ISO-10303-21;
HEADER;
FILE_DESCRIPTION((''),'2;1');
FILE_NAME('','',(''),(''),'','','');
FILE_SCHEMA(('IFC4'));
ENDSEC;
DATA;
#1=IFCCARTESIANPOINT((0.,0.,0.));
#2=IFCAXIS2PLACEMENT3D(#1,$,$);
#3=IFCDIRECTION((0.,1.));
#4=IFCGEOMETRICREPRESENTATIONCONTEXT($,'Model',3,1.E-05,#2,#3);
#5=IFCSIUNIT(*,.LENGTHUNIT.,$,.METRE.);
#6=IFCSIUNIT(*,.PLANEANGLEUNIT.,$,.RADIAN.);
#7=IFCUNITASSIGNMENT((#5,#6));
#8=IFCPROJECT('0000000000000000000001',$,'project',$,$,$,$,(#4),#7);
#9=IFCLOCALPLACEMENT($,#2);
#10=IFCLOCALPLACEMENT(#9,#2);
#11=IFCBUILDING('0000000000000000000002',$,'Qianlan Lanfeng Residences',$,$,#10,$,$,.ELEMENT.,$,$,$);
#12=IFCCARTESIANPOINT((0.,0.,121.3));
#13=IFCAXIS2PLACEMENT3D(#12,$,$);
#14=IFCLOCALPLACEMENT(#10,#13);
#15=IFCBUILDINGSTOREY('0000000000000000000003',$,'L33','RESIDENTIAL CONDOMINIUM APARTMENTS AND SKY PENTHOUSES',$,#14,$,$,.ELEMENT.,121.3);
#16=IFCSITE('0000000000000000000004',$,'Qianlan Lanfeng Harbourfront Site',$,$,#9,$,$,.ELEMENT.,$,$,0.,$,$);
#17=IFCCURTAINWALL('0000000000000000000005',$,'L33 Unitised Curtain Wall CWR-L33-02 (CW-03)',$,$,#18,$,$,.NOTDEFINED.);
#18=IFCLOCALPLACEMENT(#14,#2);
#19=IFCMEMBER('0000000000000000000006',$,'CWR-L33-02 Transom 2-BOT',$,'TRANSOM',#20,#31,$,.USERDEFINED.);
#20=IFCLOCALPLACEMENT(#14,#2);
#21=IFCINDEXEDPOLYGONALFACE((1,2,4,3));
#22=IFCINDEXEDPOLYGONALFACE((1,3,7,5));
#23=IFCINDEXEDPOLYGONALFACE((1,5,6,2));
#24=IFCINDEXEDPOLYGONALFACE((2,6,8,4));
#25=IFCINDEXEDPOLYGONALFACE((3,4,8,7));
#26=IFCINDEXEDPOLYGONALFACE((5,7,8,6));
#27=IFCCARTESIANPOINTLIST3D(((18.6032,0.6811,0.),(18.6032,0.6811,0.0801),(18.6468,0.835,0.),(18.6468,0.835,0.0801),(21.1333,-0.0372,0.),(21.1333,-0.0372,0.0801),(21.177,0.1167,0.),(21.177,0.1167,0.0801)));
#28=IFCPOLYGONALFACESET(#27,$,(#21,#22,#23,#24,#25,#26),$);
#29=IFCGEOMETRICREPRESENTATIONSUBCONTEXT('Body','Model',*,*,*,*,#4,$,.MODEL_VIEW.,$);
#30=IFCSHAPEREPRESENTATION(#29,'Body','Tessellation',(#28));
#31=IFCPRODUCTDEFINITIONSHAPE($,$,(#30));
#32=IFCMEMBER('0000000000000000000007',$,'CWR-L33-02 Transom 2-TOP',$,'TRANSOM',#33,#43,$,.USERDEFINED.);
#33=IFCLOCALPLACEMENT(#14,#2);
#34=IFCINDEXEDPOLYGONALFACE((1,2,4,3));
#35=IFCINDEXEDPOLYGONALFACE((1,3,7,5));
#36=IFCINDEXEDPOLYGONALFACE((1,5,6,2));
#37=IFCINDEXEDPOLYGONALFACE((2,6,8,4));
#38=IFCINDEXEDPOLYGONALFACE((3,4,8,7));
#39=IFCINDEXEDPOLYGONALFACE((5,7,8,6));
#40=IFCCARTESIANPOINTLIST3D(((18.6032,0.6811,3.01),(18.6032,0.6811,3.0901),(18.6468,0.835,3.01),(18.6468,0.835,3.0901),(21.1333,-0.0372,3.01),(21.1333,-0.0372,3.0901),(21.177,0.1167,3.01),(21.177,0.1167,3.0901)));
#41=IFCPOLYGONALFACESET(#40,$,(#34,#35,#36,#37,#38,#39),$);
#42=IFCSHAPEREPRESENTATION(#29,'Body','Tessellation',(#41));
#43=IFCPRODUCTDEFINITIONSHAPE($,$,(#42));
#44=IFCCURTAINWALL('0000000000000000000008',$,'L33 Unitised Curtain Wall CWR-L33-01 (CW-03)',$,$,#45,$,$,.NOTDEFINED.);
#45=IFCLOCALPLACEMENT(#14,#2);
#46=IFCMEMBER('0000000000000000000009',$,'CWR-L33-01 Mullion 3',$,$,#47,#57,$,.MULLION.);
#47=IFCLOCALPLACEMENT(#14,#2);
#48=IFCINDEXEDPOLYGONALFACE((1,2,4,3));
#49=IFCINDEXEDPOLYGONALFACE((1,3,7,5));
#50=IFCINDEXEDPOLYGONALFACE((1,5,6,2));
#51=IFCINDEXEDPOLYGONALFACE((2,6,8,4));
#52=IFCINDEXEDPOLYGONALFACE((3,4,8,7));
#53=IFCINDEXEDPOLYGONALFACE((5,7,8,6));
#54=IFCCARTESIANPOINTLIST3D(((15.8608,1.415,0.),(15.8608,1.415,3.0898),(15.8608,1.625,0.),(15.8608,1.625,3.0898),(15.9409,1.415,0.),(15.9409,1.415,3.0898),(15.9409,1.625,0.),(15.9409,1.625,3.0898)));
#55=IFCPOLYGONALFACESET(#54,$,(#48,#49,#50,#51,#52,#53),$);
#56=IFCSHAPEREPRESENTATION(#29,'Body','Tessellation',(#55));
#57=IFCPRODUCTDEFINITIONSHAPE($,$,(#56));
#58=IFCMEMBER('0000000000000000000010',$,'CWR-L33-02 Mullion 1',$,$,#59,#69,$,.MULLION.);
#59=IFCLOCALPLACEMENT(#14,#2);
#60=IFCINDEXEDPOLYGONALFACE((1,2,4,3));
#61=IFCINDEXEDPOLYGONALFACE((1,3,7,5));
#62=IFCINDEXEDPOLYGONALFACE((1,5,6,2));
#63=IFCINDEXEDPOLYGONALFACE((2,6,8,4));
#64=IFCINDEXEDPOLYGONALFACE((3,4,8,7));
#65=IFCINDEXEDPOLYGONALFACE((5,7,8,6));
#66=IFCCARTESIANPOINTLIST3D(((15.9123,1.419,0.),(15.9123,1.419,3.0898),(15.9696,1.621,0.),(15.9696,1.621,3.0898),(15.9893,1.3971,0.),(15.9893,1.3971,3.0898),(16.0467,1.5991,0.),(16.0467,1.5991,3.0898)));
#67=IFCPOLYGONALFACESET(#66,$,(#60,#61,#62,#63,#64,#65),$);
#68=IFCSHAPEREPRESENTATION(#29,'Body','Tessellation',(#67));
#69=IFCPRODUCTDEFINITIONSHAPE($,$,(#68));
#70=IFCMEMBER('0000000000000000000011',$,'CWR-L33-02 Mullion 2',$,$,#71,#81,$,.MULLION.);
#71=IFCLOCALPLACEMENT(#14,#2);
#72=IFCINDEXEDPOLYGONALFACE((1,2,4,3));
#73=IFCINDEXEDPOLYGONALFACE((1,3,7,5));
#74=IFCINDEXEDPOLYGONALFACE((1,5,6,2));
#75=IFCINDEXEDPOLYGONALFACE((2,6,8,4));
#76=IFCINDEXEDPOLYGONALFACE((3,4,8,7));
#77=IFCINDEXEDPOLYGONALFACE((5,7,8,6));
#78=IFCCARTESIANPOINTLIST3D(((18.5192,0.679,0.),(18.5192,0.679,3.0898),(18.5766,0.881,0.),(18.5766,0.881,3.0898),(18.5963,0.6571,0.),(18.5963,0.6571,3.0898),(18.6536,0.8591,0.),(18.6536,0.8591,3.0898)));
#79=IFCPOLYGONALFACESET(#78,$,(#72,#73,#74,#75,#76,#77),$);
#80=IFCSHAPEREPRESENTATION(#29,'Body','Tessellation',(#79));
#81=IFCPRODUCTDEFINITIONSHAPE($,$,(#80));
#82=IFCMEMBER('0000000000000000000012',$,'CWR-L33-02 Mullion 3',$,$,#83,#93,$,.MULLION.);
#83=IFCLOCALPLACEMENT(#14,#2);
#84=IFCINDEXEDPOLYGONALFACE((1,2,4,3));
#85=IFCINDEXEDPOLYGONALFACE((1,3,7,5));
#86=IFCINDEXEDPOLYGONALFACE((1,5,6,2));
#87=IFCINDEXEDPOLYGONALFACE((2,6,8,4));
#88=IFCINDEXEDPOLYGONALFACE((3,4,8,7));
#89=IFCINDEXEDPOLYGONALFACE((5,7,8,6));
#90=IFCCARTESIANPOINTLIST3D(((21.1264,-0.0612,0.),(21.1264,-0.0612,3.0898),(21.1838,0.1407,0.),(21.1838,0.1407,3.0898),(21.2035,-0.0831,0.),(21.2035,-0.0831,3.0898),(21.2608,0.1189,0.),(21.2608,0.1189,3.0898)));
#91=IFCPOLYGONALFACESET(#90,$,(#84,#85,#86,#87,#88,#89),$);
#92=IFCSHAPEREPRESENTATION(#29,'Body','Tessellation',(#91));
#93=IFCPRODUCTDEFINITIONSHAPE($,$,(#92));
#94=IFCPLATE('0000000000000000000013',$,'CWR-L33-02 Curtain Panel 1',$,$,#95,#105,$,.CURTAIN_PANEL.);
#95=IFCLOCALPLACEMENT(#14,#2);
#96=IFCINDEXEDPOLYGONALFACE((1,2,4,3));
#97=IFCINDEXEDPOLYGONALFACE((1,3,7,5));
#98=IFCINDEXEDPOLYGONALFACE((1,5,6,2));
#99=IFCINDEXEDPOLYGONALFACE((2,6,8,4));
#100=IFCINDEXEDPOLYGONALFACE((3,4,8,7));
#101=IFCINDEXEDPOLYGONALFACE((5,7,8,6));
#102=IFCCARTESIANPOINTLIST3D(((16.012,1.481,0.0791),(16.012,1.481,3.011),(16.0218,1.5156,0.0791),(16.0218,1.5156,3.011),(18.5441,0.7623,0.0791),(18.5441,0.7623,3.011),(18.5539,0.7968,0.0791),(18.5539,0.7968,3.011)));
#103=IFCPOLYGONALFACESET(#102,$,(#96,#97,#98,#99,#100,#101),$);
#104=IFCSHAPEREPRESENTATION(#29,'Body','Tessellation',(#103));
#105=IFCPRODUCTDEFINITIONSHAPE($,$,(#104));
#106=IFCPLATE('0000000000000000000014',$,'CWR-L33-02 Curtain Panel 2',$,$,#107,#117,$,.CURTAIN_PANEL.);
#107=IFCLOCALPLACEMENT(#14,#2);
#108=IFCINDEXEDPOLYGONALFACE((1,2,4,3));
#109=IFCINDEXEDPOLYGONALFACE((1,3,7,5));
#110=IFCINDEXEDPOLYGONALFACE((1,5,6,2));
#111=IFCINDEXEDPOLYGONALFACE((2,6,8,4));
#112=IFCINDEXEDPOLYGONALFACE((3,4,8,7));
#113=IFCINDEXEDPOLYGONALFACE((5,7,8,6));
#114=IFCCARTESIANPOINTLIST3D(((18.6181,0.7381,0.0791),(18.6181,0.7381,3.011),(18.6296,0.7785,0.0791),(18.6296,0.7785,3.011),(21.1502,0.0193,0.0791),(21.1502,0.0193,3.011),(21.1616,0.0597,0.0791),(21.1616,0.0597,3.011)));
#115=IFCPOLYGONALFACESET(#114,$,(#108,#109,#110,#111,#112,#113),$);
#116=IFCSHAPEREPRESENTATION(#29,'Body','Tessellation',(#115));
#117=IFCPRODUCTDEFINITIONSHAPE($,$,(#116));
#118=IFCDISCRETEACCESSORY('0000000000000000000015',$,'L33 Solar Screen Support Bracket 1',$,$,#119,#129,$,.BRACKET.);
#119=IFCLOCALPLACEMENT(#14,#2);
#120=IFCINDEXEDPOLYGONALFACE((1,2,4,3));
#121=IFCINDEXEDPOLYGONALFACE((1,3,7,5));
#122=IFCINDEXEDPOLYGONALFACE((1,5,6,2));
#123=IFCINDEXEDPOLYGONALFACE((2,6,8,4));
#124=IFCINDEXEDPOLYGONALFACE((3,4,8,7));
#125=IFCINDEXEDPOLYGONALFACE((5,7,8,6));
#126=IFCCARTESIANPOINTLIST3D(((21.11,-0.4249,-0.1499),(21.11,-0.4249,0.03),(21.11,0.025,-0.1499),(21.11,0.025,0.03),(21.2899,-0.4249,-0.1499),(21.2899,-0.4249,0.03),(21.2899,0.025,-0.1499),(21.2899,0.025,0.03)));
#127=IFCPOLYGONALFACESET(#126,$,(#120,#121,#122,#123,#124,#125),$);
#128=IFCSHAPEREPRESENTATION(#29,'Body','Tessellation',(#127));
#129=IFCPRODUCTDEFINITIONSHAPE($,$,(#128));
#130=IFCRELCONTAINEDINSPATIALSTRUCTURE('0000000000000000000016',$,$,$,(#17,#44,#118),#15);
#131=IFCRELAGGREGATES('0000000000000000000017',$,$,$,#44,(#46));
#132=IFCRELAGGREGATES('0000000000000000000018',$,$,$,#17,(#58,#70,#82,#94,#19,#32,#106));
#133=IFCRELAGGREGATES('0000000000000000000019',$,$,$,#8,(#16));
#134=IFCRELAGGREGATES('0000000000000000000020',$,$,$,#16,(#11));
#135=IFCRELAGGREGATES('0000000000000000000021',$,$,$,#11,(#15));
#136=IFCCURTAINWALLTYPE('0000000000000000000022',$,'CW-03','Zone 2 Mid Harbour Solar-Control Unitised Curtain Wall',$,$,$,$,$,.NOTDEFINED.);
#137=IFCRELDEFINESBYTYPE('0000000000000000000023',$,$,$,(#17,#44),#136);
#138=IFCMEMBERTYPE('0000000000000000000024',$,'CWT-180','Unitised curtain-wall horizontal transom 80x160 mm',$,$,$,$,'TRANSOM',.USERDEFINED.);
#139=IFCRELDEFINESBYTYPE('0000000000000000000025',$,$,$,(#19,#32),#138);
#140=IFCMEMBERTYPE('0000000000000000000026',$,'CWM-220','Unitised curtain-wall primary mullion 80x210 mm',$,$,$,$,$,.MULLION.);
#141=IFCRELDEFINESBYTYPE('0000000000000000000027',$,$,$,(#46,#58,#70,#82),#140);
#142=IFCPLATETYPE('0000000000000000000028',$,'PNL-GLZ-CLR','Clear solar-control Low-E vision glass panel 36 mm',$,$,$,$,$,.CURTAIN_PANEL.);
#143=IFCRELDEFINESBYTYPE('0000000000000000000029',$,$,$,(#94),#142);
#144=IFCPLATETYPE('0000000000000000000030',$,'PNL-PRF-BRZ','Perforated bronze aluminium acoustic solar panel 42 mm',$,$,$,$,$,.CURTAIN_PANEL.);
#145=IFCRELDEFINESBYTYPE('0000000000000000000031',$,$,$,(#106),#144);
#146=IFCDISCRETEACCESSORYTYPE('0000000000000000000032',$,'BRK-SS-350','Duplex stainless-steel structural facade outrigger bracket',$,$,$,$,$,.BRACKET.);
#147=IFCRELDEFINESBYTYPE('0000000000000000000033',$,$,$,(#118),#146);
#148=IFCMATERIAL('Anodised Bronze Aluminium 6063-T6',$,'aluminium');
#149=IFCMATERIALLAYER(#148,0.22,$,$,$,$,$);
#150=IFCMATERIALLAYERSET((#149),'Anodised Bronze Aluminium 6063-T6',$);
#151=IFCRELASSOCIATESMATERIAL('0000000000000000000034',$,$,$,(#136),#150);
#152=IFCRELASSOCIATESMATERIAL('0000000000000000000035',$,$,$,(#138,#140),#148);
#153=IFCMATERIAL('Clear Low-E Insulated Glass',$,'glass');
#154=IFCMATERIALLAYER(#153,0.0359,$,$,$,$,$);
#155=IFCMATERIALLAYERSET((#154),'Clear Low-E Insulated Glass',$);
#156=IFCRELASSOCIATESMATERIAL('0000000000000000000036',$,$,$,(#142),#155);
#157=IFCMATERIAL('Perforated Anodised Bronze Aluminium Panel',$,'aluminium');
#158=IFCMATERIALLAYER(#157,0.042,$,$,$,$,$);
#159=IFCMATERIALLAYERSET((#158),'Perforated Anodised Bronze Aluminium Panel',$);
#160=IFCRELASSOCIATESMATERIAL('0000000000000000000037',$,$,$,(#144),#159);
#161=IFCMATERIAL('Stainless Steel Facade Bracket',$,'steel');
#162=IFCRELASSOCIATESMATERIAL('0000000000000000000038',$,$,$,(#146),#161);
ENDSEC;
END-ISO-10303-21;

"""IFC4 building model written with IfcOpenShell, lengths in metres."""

from ifc_helpers import new_model, si_unit, direction, frame, origin, origin_2d, place, context, subcontext, project, spatial, rectangle, extrude, source, transform, mapped, material, layer, layer_set, material_profile, profile_set, type_object, element, aggregate, save


model = new_model("IFC4")

# Units and contexts
model_context = context("Model", 3, precision=1e-05, world=origin(), true_north=direction((0.0, 1.0)))
body_context = subcontext(model_context, "Body", "Model", "MODEL_VIEW")
ifc_project = project(units=[si_unit("LENGTHUNIT", "METRE"), si_unit("PLANEANGLEUNIT", "RADIAN")], contexts=[model_context])

# Site, building, storey
site_placement = place(None, origin())
site = spatial("IfcSite", under=ifc_project, at=site_placement, Name="Qianlan Lanfeng Harbourfront Site", CompositionType="ELEMENT", RefElevation=0.0)
building_placement = place(site_placement, origin())
building = spatial("IfcBuilding", under=site, at=building_placement, Name="Qianlan Lanfeng Residences", CompositionType="ELEMENT")
storey_placement = place(building_placement, frame((0.0, 0.0, 121.3)))
storey = spatial("IfcBuildingStorey", under=building, at=storey_placement, Name="L33", Description="RESIDENTIAL CONDOMINIUM APARTMENTS AND SKY PENTHOUSES", CompositionType="ELEMENT", Elevation=121.3)

# Curtain wall, members
ifc_material_1 = material(Name="Anodised Bronze Aluminium 6063-T6", Category="aluminium")
ifc_layer_1 = layer(ifc_material_1, 0.22)
ifc_layer_set_1 = layer_set([ifc_layer_1], Name="Anodised Bronze Aluminium 6063-T6")
curtain_wall_type = type_object("IfcCurtainWallType", Name="CW-03", Description="Zone 2 Mid Harbour Solar-Control Unitised Curtain Wall", PredefinedType="NOTDEFINED", material=ifc_layer_set_1)
curtain_wall_1_placement = place(storey_placement, origin())
curtain_wall_1 = element("IfcCurtainWall", 1, at=curtain_wall_1_placement, inside=storey, type_object=curtain_wall_type, Name="L33 Unitised Curtain Wall CWR-L33-02 (CW-03)", PredefinedType="NOTDEFINED")
ifc_material_profile_1 = material_profile(ifc_material_1, rectangle(XDim=0.0801, YDim=0.1599, at=origin_2d()), Name="ALU TRANSOM 80x160")
ifc_profile_set_1 = profile_set([ifc_material_profile_1], Name="Anodised Bronze Aluminium 6063-T6")
member_type_1 = type_object("IfcMemberType", Name="CWT-180", Description="Unitised curtain-wall horizontal transom 80x160 mm", ElementType="TRANSOM", PredefinedType="USERDEFINED", material=ifc_profile_set_1)
shared_shape_1 = source(origin(), body_context, "Body", "SweptSolid", [
    extrude(rectangle(XDim=0.0801, YDim=0.1599, at=origin_2d()), origin(), (0.0, 0.0, 1.0), 2.6301),
])
member_1_placement = place(storey_placement, frame((18.625, 0.7581, 0.04), z_axis=(0.961985, -0.273102, 0.0), x_axis=(0.0, 0.0, 1.0)))
member_1 = element("IfcMember", 2, at=member_1_placement, type_object=member_type_1, Name="CWR-L33-02 Transom 2-BOT", ObjectType="TRANSOM", PredefinedType="USERDEFINED", context=body_context, shape_type="MappedRepresentation", body=[
    mapped(shared_shape_1, transform((0.0, 0.0, 0.0), scale=1.0)),
])
member_2_placement = place(storey_placement, frame((18.625, 0.7581, 3.05), z_axis=(0.961985, -0.273102, 0.0), x_axis=(0.0, 0.0, 1.0)))
member_2 = element("IfcMember", 3, at=member_2_placement, type_object=member_type_1, Name="CWR-L33-02 Transom 2-TOP", ObjectType="TRANSOM", PredefinedType="USERDEFINED", context=body_context, shape_type="MappedRepresentation", body=[
    mapped(shared_shape_1, transform((0.0, 0.0, 0.0), scale=1.0)),
])

# Curtain wall, member
curtain_wall_2_placement = place(storey_placement, origin())
curtain_wall_2 = element("IfcCurtainWall", 4, at=curtain_wall_2_placement, inside=storey, type_object=curtain_wall_type, Name="L33 Unitised Curtain Wall CWR-L33-01 (CW-03)", PredefinedType="NOTDEFINED")
ifc_material_profile_2 = material_profile(ifc_material_1, rectangle(XDim=0.0801, YDim=0.21, at=origin_2d()), Name="ALU MULLION 80x210")
ifc_profile_set_2 = profile_set([ifc_material_profile_2], Name="Anodised Bronze Aluminium 6063-T6")
member_type_2 = type_object("IfcMemberType", Name="CWM-220", Description="Unitised curtain-wall primary mullion 80x210 mm", PredefinedType="MULLION", material=ifc_profile_set_2)
shared_shape_2 = source(origin(), body_context, "Body", "SweptSolid", [
    extrude(rectangle(XDim=0.0801, YDim=0.21, at=origin_2d()), origin(), (0.0, 0.0, 1.0), 3.0898),
])
member_3_placement = place(storey_placement, frame((15.9009, 1.52, 0.0), z_axis=(0.0, 0.0, 1.0), x_axis=(1.0, 0.0, 0.0)))
member_3 = element("IfcMember", 5, at=member_3_placement, type_object=member_type_2, Name="CWR-L33-01 Mullion 3", PredefinedType="MULLION", context=body_context, shape_type="MappedRepresentation", body=[
    mapped(shared_shape_2, transform((0.0, 0.0, 0.0), scale=1.0)),
])
aggregate(curtain_wall_2, [member_3])

# Members
member_4_placement = place(storey_placement, frame((15.9795, 1.509, 0.0), z_axis=(0.0, 0.0, 1.0), x_axis=(0.961989, -0.273088, 0.0)))
member_4 = element("IfcMember", 6, at=member_4_placement, type_object=member_type_2, Name="CWR-L33-02 Mullion 1", PredefinedType="MULLION", context=body_context, shape_type="MappedRepresentation", body=[
    mapped(shared_shape_2, transform((0.0, 0.0, 0.0), scale=1.0)),
])
member_5_placement = place(storey_placement, frame((18.5864, 0.769, 0.0), z_axis=(0.0, 0.0, 1.0), x_axis=(0.961989, -0.273088, 0.0)))
member_5 = element("IfcMember", 7, at=member_5_placement, type_object=member_type_2, Name="CWR-L33-02 Mullion 2", PredefinedType="MULLION", context=body_context, shape_type="MappedRepresentation", body=[
    mapped(shared_shape_2, transform((0.0, 0.0, 0.0), scale=1.0)),
])
member_6_placement = place(storey_placement, frame((21.1936, 0.0288, 0.0), z_axis=(0.0, 0.0, 1.0), x_axis=(0.961989, -0.273088, 0.0)))
member_6 = element("IfcMember", 8, at=member_6_placement, type_object=member_type_2, Name="CWR-L33-02 Mullion 3", PredefinedType="MULLION", context=body_context, shape_type="MappedRepresentation", body=[
    mapped(shared_shape_2, transform((0.0, 0.0, 0.0), scale=1.0)),
])

# Plates
ifc_material_2 = material(Name="Clear Low-E Insulated Glass", Category="glass")
ifc_layer_2 = layer(ifc_material_2, 0.0359)
ifc_layer_set_2 = layer_set([ifc_layer_2], Name="Clear Low-E Insulated Glass")
plate_type_1 = type_object("IfcPlateType", Name="PNL-GLZ-CLR", Description="Clear solar-control Low-E vision glass panel 36 mm", PredefinedType="CURTAIN_PANEL", material=ifc_layer_set_2)
shared_shape_3 = source(origin(), body_context, "Body", "SweptSolid", [
    extrude(rectangle(XDim=2.6321, YDim=0.0359, at=origin_2d()), origin(), (0.0, 0.0, 1.0), 2.9319),
])
plate_1_placement = place(storey_placement, frame((17.283, 1.1389, 0.0791), z_axis=(0.0, 0.0, 1.0), x_axis=(0.961989, -0.273088, 0.0)))
plate_1 = element("IfcPlate", 9, at=plate_1_placement, type_object=plate_type_1, Name="CWR-L33-02 Curtain Panel 1", PredefinedType="CURTAIN_PANEL", context=body_context, shape_type="MappedRepresentation", body=[
    mapped(shared_shape_3, transform((0.0, 0.0, 0.0), scale=1.0)),
])
ifc_material_3 = material(Name="Perforated Anodised Bronze Aluminium Panel", Category="aluminium")
ifc_layer_3 = layer(ifc_material_3, 0.042)
ifc_layer_set_3 = layer_set([ifc_layer_3], Name="Perforated Anodised Bronze Aluminium Panel")
plate_type_2 = type_object("IfcPlateType", Name="PNL-PRF-BRZ", Description="Perforated bronze aluminium acoustic solar panel 42 mm", PredefinedType="CURTAIN_PANEL", material=ifc_layer_set_3)
shared_shape_4 = source(origin(), body_context, "Body", "SweptSolid", [
    extrude(rectangle(XDim=2.6321, YDim=0.042, at=origin_2d()), origin(), (0.0, 0.0, 1.0), 2.9319),
])
plate_2_placement = place(storey_placement, frame((19.8899, 0.3989, 0.0791), z_axis=(0.0, 0.0, 1.0), x_axis=(0.961989, -0.273088, 0.0)))
plate_2 = element("IfcPlate", 10, at=plate_2_placement, type_object=plate_type_2, Name="CWR-L33-02 Curtain Panel 2", PredefinedType="CURTAIN_PANEL", context=body_context, shape_type="MappedRepresentation", body=[
    mapped(shared_shape_4, transform((0.0, 0.0, 0.0), scale=1.0)),
])
aggregate(curtain_wall_1, [member_4, member_5, member_6, plate_1, member_1, member_2, plate_2])

# Discrete accessory
ifc_material_4 = material(Name="Stainless Steel Facade Bracket", Category="steel")
discrete_accessory_type = type_object("IfcDiscreteAccessoryType", Name="BRK-SS-350", Description="Duplex stainless-steel structural facade outrigger bracket", PredefinedType="BRACKET", material=ifc_material_4)
shared_shape_5 = source(origin(), body_context, "Body", "SweptSolid", [
    extrude(rectangle(XDim=0.1799, YDim=0.45, at=origin_2d()), origin(), (0.0, 0.0, 1.0), 0.1799),
])
discrete_accessory_placement = place(storey_placement, frame((21.2, -0.2, -0.1499), z_axis=(0.0, 0.0, 1.0), x_axis=(1.0, 0.0, 0.0)))
element("IfcDiscreteAccessory", 11, at=discrete_accessory_placement, inside=storey, type_object=discrete_accessory_type, Name="L33 Solar Screen Support Bracket 1", PredefinedType="BRACKET", context=body_context, shape_type="MappedRepresentation", body=[
    mapped(shared_shape_5, transform((0.0, 0.0, 0.0), scale=1.0)),
])

save(model, "model.ifc")
